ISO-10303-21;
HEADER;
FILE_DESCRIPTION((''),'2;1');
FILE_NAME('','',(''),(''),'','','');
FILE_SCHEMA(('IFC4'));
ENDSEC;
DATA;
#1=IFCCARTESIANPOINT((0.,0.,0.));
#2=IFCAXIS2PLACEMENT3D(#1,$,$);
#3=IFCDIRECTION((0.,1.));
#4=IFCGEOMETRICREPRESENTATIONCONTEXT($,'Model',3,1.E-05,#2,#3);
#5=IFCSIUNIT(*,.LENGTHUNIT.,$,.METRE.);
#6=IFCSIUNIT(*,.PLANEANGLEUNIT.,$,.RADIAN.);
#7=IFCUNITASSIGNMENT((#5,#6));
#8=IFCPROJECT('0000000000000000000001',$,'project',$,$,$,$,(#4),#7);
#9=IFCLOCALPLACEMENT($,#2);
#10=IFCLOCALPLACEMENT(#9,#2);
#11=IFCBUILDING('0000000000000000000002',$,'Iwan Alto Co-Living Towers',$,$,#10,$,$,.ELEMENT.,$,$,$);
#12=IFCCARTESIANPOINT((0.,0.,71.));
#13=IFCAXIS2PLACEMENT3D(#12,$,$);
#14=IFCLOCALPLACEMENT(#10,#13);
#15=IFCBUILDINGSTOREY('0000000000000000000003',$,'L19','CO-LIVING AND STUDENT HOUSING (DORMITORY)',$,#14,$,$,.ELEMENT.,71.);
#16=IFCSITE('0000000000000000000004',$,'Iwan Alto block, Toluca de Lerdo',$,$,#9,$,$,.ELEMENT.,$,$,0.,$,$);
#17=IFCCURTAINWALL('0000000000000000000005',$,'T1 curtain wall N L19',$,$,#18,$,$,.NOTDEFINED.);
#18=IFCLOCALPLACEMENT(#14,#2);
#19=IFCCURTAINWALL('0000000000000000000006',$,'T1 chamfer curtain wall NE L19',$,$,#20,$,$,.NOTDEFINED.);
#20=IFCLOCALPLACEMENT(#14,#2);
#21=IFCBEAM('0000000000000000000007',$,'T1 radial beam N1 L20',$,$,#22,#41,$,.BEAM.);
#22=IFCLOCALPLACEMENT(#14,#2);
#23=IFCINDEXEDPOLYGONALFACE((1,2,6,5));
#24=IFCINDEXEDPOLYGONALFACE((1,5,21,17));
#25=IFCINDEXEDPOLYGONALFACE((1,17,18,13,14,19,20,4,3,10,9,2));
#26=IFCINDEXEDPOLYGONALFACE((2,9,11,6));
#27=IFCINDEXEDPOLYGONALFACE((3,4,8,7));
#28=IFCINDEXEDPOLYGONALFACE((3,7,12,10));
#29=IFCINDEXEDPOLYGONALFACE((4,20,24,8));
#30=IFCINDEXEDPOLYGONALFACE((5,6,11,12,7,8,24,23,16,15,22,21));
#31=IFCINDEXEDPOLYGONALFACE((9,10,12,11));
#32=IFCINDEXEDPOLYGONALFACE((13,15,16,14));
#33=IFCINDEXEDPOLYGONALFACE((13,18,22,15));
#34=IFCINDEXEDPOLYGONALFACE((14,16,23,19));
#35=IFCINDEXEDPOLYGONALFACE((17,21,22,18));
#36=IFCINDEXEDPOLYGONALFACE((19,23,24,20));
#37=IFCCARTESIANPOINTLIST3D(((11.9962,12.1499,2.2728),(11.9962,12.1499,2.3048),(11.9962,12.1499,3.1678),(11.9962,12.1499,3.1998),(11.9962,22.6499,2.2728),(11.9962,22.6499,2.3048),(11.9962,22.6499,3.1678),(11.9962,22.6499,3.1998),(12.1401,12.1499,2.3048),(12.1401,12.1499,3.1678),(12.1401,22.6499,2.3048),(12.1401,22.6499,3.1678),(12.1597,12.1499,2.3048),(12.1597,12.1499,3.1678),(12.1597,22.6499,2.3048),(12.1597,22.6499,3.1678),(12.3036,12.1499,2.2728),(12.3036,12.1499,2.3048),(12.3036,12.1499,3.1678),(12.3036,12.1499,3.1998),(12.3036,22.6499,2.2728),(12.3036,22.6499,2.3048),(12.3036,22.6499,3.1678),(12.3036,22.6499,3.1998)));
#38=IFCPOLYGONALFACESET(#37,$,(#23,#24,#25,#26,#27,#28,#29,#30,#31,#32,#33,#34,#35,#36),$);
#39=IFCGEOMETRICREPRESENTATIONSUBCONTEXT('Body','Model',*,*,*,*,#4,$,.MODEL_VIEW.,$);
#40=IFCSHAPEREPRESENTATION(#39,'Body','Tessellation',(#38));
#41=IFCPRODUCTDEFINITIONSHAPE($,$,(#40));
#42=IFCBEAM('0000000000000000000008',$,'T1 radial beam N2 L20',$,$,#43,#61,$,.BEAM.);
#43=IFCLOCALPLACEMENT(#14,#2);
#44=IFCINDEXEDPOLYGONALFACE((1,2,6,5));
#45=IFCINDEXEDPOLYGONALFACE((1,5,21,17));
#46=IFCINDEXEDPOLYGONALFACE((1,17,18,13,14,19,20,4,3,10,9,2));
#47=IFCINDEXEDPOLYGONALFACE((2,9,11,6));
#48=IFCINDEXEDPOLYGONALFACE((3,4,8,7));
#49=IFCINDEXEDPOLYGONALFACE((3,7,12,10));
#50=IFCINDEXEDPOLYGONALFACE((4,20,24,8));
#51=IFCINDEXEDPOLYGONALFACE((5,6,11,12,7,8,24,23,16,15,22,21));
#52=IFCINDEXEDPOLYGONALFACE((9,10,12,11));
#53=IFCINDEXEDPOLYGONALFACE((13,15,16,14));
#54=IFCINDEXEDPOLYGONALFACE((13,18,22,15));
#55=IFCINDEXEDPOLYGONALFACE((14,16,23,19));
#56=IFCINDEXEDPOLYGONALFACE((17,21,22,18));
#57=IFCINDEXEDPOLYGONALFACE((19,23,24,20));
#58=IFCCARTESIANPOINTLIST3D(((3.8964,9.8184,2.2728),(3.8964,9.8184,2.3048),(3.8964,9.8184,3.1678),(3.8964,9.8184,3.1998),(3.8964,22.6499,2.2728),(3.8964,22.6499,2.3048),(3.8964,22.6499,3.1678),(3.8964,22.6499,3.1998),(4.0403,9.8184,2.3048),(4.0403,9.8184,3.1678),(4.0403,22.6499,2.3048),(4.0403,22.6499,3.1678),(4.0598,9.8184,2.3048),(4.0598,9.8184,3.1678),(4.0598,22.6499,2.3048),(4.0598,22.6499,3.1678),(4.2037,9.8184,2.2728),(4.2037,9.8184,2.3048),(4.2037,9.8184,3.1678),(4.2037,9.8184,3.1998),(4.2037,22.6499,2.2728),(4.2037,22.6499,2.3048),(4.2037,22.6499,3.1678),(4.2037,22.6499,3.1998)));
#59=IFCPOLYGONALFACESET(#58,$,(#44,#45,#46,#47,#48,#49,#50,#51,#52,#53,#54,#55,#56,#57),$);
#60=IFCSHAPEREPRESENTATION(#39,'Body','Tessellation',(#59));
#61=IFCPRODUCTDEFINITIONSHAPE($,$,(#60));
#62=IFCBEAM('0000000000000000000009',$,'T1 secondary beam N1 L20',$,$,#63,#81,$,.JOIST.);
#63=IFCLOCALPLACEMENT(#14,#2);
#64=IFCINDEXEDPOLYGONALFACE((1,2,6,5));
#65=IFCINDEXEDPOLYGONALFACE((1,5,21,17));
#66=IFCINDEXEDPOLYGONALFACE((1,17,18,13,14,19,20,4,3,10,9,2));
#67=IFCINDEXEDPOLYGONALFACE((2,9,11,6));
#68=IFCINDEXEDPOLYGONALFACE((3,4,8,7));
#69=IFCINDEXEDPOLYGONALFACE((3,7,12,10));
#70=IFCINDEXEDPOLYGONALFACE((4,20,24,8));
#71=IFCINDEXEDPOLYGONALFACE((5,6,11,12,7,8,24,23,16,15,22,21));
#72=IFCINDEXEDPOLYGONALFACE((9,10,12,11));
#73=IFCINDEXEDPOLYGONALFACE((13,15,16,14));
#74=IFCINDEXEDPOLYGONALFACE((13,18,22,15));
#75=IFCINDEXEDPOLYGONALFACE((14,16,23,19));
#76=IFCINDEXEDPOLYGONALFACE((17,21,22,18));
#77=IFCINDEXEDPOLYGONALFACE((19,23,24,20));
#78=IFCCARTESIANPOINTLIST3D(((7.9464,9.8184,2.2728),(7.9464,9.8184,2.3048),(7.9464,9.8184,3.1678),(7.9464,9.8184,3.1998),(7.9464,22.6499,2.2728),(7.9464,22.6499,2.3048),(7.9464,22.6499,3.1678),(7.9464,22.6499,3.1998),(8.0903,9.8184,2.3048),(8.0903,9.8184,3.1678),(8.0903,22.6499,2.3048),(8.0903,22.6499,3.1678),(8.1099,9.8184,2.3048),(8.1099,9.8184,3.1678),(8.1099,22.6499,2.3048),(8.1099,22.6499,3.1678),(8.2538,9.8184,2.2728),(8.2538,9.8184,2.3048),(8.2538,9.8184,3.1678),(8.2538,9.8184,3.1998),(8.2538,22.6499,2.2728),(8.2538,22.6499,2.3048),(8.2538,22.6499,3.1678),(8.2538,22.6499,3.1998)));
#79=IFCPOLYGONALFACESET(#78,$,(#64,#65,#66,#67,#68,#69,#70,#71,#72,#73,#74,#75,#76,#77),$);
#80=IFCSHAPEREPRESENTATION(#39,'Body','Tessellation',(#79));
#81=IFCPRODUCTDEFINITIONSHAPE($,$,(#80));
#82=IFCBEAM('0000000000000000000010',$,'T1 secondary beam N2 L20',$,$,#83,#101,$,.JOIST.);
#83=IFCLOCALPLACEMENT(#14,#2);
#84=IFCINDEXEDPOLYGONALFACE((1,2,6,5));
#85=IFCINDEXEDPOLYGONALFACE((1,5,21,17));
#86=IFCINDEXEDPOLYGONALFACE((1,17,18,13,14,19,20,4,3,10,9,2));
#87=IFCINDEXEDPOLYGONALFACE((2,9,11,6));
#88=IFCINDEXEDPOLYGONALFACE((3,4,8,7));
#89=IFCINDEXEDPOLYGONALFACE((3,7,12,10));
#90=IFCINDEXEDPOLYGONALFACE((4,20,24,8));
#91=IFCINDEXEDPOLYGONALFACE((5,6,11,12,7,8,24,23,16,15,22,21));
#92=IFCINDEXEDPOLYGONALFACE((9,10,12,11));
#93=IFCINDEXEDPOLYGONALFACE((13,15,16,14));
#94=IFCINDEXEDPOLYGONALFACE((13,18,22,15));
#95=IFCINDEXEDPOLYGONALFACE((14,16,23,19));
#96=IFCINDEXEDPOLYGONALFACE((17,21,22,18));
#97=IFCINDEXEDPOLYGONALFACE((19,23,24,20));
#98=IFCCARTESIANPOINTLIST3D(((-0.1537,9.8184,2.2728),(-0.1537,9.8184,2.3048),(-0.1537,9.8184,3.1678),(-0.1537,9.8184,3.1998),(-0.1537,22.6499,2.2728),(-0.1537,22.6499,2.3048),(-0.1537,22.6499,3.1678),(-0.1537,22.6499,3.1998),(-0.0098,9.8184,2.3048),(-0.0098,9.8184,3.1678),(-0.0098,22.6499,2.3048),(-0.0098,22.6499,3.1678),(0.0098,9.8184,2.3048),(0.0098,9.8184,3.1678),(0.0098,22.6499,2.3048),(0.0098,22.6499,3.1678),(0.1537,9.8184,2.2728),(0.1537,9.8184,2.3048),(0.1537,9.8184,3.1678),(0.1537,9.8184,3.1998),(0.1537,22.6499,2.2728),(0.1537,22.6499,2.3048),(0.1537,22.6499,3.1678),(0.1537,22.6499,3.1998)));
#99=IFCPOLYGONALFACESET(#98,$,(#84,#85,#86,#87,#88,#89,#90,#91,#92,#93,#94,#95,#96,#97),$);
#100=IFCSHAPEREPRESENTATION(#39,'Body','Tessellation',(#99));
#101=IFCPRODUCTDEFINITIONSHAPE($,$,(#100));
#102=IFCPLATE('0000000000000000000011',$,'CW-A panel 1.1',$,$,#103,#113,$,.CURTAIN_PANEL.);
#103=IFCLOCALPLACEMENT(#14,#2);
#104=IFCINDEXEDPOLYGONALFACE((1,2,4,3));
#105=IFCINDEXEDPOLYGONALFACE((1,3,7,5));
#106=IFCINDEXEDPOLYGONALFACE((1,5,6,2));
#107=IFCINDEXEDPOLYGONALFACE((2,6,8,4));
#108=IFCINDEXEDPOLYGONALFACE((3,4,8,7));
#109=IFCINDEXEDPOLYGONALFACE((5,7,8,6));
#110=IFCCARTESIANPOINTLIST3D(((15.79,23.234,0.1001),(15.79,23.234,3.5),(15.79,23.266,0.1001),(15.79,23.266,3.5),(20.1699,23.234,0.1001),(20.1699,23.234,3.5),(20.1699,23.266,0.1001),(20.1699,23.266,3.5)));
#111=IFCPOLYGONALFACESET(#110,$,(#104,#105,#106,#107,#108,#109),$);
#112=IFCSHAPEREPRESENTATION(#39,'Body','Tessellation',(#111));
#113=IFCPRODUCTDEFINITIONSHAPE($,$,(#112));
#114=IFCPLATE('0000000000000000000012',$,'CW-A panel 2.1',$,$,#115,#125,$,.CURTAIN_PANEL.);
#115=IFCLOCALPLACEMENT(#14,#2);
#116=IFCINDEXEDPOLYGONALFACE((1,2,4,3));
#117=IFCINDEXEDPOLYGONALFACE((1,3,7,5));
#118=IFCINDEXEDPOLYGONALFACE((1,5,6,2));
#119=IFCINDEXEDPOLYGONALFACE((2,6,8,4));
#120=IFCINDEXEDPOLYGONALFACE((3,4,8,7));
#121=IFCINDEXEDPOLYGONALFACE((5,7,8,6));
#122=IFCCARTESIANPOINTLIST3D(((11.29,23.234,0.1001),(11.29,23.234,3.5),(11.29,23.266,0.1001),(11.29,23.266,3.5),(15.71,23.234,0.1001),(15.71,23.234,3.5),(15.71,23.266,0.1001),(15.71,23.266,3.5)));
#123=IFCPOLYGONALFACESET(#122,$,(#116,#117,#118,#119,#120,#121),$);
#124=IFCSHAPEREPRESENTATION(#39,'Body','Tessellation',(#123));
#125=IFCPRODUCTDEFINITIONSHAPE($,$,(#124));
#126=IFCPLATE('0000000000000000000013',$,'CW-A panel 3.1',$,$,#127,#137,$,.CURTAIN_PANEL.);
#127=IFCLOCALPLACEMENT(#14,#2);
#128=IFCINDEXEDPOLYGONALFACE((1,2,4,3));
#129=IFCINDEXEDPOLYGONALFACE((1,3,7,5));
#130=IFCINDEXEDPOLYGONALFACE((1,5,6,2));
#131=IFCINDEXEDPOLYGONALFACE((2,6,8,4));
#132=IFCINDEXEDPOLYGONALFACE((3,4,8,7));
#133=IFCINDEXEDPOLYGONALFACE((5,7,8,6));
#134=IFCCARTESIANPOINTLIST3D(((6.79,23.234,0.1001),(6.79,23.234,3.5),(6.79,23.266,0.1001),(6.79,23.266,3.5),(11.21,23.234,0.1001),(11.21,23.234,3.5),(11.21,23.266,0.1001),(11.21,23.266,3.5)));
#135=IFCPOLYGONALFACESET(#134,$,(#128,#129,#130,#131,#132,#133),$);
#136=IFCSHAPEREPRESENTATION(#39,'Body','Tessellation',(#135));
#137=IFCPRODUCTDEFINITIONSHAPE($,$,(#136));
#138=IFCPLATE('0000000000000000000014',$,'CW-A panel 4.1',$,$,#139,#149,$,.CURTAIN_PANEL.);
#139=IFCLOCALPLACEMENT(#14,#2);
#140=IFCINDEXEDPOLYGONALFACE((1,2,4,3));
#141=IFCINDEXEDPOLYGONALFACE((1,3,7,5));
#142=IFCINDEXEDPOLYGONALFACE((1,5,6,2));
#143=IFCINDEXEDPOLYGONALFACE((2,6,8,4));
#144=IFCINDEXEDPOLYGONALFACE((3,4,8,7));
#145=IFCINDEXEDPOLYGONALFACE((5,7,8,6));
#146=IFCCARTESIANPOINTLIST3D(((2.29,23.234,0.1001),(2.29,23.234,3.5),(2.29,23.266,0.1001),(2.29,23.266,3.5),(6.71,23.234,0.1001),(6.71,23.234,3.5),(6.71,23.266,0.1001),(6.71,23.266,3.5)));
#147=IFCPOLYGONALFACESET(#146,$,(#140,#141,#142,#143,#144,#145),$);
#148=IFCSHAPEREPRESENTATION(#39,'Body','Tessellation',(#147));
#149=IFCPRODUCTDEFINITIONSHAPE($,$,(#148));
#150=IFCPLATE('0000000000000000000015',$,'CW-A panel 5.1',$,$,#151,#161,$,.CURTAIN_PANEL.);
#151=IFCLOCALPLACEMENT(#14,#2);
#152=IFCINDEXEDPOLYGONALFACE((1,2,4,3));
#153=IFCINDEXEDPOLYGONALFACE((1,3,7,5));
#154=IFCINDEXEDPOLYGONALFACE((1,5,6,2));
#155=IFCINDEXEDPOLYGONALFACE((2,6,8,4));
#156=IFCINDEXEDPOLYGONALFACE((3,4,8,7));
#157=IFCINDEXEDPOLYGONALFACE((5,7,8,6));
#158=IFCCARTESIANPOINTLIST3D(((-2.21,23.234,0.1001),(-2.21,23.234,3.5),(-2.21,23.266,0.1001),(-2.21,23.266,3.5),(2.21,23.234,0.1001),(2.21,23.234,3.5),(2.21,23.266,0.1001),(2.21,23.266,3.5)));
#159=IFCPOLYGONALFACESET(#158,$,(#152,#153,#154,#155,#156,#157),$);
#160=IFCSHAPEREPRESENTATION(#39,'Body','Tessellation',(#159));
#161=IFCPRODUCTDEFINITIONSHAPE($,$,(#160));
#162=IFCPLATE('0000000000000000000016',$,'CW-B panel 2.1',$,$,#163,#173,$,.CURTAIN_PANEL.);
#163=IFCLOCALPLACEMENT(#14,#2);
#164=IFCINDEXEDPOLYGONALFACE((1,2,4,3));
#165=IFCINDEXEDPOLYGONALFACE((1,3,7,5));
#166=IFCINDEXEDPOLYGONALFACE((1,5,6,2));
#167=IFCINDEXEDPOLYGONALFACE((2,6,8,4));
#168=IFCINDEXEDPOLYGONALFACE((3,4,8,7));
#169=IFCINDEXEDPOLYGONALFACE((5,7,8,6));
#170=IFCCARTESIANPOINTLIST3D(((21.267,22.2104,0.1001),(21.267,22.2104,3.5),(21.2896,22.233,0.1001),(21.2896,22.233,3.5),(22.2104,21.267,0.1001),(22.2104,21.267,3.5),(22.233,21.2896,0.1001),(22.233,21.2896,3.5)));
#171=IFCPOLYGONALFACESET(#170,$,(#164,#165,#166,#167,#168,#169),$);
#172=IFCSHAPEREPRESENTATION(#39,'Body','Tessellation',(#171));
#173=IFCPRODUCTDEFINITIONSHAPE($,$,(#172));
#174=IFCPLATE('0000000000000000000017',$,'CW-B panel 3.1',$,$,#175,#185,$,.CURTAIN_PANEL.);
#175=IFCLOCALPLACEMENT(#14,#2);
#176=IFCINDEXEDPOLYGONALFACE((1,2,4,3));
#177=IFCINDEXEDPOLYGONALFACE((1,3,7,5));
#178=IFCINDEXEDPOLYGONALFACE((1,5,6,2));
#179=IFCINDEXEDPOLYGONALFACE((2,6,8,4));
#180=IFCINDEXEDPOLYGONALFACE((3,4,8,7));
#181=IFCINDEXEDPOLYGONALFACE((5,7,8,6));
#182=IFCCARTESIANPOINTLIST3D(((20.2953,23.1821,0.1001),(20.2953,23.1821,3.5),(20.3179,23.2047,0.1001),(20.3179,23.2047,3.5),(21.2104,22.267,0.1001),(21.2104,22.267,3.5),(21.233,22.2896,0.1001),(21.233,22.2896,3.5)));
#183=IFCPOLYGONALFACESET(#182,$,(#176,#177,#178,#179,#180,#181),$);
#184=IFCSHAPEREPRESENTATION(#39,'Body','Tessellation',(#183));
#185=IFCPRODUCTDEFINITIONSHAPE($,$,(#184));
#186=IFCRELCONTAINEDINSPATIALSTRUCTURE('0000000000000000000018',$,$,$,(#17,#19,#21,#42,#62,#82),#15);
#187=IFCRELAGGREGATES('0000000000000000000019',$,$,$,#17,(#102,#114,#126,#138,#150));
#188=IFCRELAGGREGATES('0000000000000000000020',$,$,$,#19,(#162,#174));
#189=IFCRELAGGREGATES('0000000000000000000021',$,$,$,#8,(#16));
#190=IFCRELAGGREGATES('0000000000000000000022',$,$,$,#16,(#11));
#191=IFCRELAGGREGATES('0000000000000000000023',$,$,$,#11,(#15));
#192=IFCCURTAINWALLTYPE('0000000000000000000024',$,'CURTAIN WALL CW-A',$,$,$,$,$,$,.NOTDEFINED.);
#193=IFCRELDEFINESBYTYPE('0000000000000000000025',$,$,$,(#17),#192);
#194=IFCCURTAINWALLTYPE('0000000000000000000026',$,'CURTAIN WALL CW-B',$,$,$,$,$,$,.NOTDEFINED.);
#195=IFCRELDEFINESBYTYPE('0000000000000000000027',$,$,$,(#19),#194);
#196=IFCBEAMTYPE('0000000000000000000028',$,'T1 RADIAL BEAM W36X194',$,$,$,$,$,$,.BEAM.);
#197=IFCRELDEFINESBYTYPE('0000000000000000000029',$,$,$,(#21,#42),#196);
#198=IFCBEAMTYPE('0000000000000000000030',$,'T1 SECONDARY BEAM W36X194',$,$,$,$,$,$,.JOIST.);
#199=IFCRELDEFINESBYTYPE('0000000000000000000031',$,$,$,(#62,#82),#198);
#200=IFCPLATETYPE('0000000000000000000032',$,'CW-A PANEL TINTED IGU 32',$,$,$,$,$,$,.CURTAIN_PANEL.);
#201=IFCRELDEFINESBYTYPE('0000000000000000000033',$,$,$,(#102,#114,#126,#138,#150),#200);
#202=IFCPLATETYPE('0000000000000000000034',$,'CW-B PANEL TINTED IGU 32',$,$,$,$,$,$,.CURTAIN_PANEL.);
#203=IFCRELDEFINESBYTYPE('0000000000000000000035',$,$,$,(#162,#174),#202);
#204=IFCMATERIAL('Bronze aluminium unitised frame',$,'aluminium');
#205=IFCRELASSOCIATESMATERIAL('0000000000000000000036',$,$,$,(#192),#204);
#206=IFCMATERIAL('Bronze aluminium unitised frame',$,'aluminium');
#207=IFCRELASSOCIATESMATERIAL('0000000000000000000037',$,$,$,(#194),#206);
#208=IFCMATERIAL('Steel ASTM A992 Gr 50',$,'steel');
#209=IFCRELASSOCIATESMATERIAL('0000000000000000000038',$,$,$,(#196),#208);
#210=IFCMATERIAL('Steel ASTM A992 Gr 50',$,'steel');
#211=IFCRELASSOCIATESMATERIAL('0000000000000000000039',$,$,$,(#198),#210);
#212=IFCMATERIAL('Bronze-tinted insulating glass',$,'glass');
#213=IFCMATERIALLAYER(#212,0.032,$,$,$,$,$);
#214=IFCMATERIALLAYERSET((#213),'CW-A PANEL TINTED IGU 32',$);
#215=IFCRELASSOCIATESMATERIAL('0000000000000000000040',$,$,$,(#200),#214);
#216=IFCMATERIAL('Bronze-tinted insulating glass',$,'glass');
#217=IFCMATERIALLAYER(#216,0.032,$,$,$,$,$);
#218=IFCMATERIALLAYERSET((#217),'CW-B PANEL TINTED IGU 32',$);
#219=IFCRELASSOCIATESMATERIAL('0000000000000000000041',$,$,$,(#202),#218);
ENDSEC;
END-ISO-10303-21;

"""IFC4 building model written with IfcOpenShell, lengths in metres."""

from ifc_helpers import new_model, si_unit, direction, frame, origin, origin_2d, place, context, subcontext, project, spatial, rectangle, i_section, extrude, material, layer, layer_set, material_profile, profile_set, type_object, element, aggregate, save


model = new_model("IFC4")

# Units and contexts
model_context = context("Model", 3, precision=1e-05, world=origin(), true_north=direction((0.0, 1.0)))
body_context = subcontext(model_context, "Body", "Model", "MODEL_VIEW")
ifc_project = project(units=[si_unit("LENGTHUNIT", "METRE"), si_unit("PLANEANGLEUNIT", "RADIAN")], contexts=[model_context])

# Site, building, storey
site_placement = place(None, origin())
site = spatial("IfcSite", under=ifc_project, at=site_placement, Name="Iwan Alto block, Toluca de Lerdo", CompositionType="ELEMENT", RefElevation=0.0)
building_placement = place(site_placement, origin())
building = spatial("IfcBuilding", under=site, at=building_placement, Name="Iwan Alto Co-Living Towers", CompositionType="ELEMENT")
storey_placement = place(building_placement, frame((0.0, 0.0, 71.0)))
storey = spatial("IfcBuildingStorey", under=building, at=storey_placement, Name="L19", Description="CO-LIVING AND STUDENT HOUSING (DORMITORY)", CompositionType="ELEMENT", Elevation=71.0)

# Curtain walls
ifc_material_1 = material(Name="Bronze aluminium unitised frame", Category="aluminium")
curtain_wall_type_1 = type_object("IfcCurtainWallType", Name="CURTAIN WALL CW-A", PredefinedType="NOTDEFINED", material=ifc_material_1)
curtain_wall_1_placement = place(storey_placement, origin())
curtain_wall_1 = element("IfcCurtainWall", 1, at=curtain_wall_1_placement, inside=storey, type_object=curtain_wall_type_1, Name="T1 curtain wall N L19", PredefinedType="NOTDEFINED")
ifc_material_2 = material(Name="Bronze aluminium unitised frame", Category="aluminium")
curtain_wall_type_2 = type_object("IfcCurtainWallType", Name="CURTAIN WALL CW-B", PredefinedType="NOTDEFINED", material=ifc_material_2)
curtain_wall_2_placement = place(storey_placement, origin())
curtain_wall_2 = element("IfcCurtainWall", 2, at=curtain_wall_2_placement, inside=storey, type_object=curtain_wall_type_2, Name="T1 chamfer curtain wall NE L19", PredefinedType="NOTDEFINED")

# Beams
ifc_material_3 = material(Name="Steel ASTM A992 Gr 50", Category="steel")
ifc_material_profile_1 = material_profile(ifc_material_3, i_section(OverallWidth=0.3074, OverallDepth=0.927, WebThickness=0.0195, FlangeThickness=0.032, at=origin_2d()), Name="W36X194")
ifc_profile_set_1 = profile_set([ifc_material_profile_1], Name="Steel ASTM A992 Gr 50")
beam_type_1 = type_object("IfcBeamType", Name="T1 RADIAL BEAM W36X194", PredefinedType="BEAM", material=ifc_profile_set_1)
beam_1_placement = place(storey_placement, frame((12.1499, 22.6499, 2.7363), z_axis=(0.0, -1.0, 0.0), x_axis=(1.0, 0.0, 0.0)))
element("IfcBeam", 3, at=beam_1_placement, inside=storey, type_object=beam_type_1, Name="T1 radial beam N1 L20", PredefinedType="BEAM", context=body_context, shape_type="SweptSolid", body=[
    extrude(i_section(OverallWidth=0.3074, OverallDepth=0.927, WebThickness=0.0195, FlangeThickness=0.032, at=origin_2d()), origin(), (0.0, 0.0, 1.0), 10.5),
])
beam_2_placement = place(storey_placement, frame((4.05, 22.6499, 2.7363), z_axis=(0.0, -1.0, 0.0), x_axis=(1.0, 0.0, 0.0)))
element("IfcBeam", 4, at=beam_2_placement, inside=storey, type_object=beam_type_1, Name="T1 radial beam N2 L20", PredefinedType="BEAM", context=body_context, shape_type="SweptSolid", body=[
    extrude(i_section(OverallWidth=0.3074, OverallDepth=0.927, WebThickness=0.0195, FlangeThickness=0.032, at=origin_2d()), origin(), (0.0, 0.0, 1.0), 12.8315),
])
ifc_material_4 = material(Name="Steel ASTM A992 Gr 50", Category="steel")
ifc_material_profile_2 = material_profile(ifc_material_4, i_section(OverallWidth=0.3074, OverallDepth=0.927, WebThickness=0.0195, FlangeThickness=0.032, at=origin_2d()), Name="W36X194")
ifc_profile_set_2 = profile_set([ifc_material_profile_2], Name="Steel ASTM A992 Gr 50")
beam_type_2 = type_object("IfcBeamType", Name="T1 SECONDARY BEAM W36X194", PredefinedType="JOIST", material=ifc_profile_set_2)
for number, where, z_axis, x_axis, name in (
    (5, (8.1001, 22.6499, 2.7363), (0.0, -1.0, 0.0), (1.0, 0.0, 0.0), "T1 secondary beam N1 L20"),
    (6, (0.0, 22.6499, 2.7363), (0.0, -1.0, 0.0), (1.0, 0.0, 0.0), "T1 secondary beam N2 L20"),
):
    element("IfcBeam", number, at=place(storey_placement, frame(where, z_axis=z_axis, x_axis=x_axis)), inside=storey, type_object=beam_type_2, Name=name, PredefinedType="JOIST", context=body_context, shape_type="SweptSolid", body=[
        extrude(i_section(OverallWidth=0.3074, OverallDepth=0.927, WebThickness=0.0195, FlangeThickness=0.032, at=origin_2d()), origin(), (0.0, 0.0, 1.0), 12.8315),
    ])

# Plates
ifc_material_5 = material(Name="Bronze-tinted insulating glass", Category="glass")
ifc_layer_1 = layer(ifc_material_5, 0.032)
ifc_layer_set_1 = layer_set([ifc_layer_1], Name="CW-A PANEL TINTED IGU 32")
plate_type_1 = type_object("IfcPlateType", Name="CW-A PANEL TINTED IGU 32", PredefinedType="CURTAIN_PANEL", material=ifc_layer_set_1)
plate_1_placement = place(storey_placement, frame((17.98, 23.25, 0.1001), z_axis=(0.0, 0.0, 1.0), x_axis=(-1.0, 0.0, 0.0)))
plate_1 = element("IfcPlate", 7, at=plate_1_placement, type_object=plate_type_1, Name="CW-A panel 1.1", PredefinedType="CURTAIN_PANEL", context=body_context, shape_type="SweptSolid", body=[
    extrude(rectangle(XDim=4.3799, YDim=0.032, at=origin_2d()), origin(), (0.0, 0.0, 1.0), 3.3999),
])
plate_2_placement = place(storey_placement, frame((13.5, 23.25, 0.1001), z_axis=(0.0, 0.0, 1.0), x_axis=(-1.0, 0.0, 0.0)))
plate_2 = element("IfcPlate", 8, at=plate_2_placement, type_object=plate_type_1, Name="CW-A panel 2.1", PredefinedType="CURTAIN_PANEL", context=body_context, shape_type="SweptSolid", body=[
    extrude(rectangle(XDim=4.4199, YDim=0.032, at=origin_2d()), origin(), (0.0, 0.0, 1.0), 3.3999),
])
plate_3_placement = place(storey_placement, frame((9.0, 23.25, 0.1001), z_axis=(0.0, 0.0, 1.0), x_axis=(-1.0, 0.0, 0.0)))
plate_3 = element("IfcPlate", 9, at=plate_3_placement, type_object=plate_type_1, Name="CW-A panel 3.1", PredefinedType="CURTAIN_PANEL", context=body_context, shape_type="SweptSolid", body=[
    extrude(rectangle(XDim=4.4199, YDim=0.032, at=origin_2d()), origin(), (0.0, 0.0, 1.0), 3.3999),
])
plate_4_placement = place(storey_placement, frame((4.5, 23.25, 0.1001), z_axis=(0.0, 0.0, 1.0), x_axis=(-1.0, 0.0, 0.0)))
plate_4 = element("IfcPlate", 10, at=plate_4_placement, type_object=plate_type_1, Name="CW-A panel 4.1", PredefinedType="CURTAIN_PANEL", context=body_context, shape_type="SweptSolid", body=[
    extrude(rectangle(XDim=4.4199, YDim=0.032, at=origin_2d()), origin(), (0.0, 0.0, 1.0), 3.3999),
])
plate_5_placement = place(storey_placement, frame((0.0, 23.25, 0.1001), z_axis=(0.0, 0.0, 1.0), x_axis=(-1.0, 0.0, 0.0)))
plate_5 = element("IfcPlate", 11, at=plate_5_placement, type_object=plate_type_1, Name="CW-A panel 5.1", PredefinedType="CURTAIN_PANEL", context=body_context, shape_type="SweptSolid", body=[
    extrude(rectangle(XDim=4.4199, YDim=0.032, at=origin_2d()), origin(), (0.0, 0.0, 1.0), 3.3999),
])
aggregate(curtain_wall_1, [plate_1, plate_2, plate_3, plate_4, plate_5])
ifc_material_6 = material(Name="Bronze-tinted insulating glass", Category="glass")
ifc_layer_2 = layer(ifc_material_6, 0.032)
ifc_layer_set_2 = layer_set([ifc_layer_2], Name="CW-B PANEL TINTED IGU 32")
plate_type_2 = type_object("IfcPlateType", Name="CW-B PANEL TINTED IGU 32", PredefinedType="CURTAIN_PANEL", material=ifc_layer_set_2)
plate_6_placement = place(storey_placement, frame((21.75, 21.75, 0.1001), z_axis=(0.0, 0.0, 1.0), x_axis=(-0.707107, 0.707107, 0.0)))
plate_6 = element("IfcPlate", 12, at=plate_6_placement, type_object=plate_type_2, Name="CW-B panel 2.1", PredefinedType="CURTAIN_PANEL", context=body_context, shape_type="SweptSolid", body=[
    extrude(rectangle(XDim=1.3342, YDim=0.032, at=origin_2d()), origin(), (0.0, 0.0, 1.0), 3.3999),
])
plate_7_placement = place(storey_placement, frame((20.7642, 22.7358, 0.1001), z_axis=(0.0, 0.0, 1.0), x_axis=(-0.707107, 0.707107, 0.0)))
plate_7 = element("IfcPlate", 13, at=plate_7_placement, type_object=plate_type_2, Name="CW-B panel 3.1", PredefinedType="CURTAIN_PANEL", context=body_context, shape_type="SweptSolid", body=[
    extrude(rectangle(XDim=1.2942, YDim=0.032, at=origin_2d()), origin(), (0.0, 0.0, 1.0), 3.3999),
])
aggregate(curtain_wall_2, [plate_6, plate_7])

save(model, "model.ifc")
